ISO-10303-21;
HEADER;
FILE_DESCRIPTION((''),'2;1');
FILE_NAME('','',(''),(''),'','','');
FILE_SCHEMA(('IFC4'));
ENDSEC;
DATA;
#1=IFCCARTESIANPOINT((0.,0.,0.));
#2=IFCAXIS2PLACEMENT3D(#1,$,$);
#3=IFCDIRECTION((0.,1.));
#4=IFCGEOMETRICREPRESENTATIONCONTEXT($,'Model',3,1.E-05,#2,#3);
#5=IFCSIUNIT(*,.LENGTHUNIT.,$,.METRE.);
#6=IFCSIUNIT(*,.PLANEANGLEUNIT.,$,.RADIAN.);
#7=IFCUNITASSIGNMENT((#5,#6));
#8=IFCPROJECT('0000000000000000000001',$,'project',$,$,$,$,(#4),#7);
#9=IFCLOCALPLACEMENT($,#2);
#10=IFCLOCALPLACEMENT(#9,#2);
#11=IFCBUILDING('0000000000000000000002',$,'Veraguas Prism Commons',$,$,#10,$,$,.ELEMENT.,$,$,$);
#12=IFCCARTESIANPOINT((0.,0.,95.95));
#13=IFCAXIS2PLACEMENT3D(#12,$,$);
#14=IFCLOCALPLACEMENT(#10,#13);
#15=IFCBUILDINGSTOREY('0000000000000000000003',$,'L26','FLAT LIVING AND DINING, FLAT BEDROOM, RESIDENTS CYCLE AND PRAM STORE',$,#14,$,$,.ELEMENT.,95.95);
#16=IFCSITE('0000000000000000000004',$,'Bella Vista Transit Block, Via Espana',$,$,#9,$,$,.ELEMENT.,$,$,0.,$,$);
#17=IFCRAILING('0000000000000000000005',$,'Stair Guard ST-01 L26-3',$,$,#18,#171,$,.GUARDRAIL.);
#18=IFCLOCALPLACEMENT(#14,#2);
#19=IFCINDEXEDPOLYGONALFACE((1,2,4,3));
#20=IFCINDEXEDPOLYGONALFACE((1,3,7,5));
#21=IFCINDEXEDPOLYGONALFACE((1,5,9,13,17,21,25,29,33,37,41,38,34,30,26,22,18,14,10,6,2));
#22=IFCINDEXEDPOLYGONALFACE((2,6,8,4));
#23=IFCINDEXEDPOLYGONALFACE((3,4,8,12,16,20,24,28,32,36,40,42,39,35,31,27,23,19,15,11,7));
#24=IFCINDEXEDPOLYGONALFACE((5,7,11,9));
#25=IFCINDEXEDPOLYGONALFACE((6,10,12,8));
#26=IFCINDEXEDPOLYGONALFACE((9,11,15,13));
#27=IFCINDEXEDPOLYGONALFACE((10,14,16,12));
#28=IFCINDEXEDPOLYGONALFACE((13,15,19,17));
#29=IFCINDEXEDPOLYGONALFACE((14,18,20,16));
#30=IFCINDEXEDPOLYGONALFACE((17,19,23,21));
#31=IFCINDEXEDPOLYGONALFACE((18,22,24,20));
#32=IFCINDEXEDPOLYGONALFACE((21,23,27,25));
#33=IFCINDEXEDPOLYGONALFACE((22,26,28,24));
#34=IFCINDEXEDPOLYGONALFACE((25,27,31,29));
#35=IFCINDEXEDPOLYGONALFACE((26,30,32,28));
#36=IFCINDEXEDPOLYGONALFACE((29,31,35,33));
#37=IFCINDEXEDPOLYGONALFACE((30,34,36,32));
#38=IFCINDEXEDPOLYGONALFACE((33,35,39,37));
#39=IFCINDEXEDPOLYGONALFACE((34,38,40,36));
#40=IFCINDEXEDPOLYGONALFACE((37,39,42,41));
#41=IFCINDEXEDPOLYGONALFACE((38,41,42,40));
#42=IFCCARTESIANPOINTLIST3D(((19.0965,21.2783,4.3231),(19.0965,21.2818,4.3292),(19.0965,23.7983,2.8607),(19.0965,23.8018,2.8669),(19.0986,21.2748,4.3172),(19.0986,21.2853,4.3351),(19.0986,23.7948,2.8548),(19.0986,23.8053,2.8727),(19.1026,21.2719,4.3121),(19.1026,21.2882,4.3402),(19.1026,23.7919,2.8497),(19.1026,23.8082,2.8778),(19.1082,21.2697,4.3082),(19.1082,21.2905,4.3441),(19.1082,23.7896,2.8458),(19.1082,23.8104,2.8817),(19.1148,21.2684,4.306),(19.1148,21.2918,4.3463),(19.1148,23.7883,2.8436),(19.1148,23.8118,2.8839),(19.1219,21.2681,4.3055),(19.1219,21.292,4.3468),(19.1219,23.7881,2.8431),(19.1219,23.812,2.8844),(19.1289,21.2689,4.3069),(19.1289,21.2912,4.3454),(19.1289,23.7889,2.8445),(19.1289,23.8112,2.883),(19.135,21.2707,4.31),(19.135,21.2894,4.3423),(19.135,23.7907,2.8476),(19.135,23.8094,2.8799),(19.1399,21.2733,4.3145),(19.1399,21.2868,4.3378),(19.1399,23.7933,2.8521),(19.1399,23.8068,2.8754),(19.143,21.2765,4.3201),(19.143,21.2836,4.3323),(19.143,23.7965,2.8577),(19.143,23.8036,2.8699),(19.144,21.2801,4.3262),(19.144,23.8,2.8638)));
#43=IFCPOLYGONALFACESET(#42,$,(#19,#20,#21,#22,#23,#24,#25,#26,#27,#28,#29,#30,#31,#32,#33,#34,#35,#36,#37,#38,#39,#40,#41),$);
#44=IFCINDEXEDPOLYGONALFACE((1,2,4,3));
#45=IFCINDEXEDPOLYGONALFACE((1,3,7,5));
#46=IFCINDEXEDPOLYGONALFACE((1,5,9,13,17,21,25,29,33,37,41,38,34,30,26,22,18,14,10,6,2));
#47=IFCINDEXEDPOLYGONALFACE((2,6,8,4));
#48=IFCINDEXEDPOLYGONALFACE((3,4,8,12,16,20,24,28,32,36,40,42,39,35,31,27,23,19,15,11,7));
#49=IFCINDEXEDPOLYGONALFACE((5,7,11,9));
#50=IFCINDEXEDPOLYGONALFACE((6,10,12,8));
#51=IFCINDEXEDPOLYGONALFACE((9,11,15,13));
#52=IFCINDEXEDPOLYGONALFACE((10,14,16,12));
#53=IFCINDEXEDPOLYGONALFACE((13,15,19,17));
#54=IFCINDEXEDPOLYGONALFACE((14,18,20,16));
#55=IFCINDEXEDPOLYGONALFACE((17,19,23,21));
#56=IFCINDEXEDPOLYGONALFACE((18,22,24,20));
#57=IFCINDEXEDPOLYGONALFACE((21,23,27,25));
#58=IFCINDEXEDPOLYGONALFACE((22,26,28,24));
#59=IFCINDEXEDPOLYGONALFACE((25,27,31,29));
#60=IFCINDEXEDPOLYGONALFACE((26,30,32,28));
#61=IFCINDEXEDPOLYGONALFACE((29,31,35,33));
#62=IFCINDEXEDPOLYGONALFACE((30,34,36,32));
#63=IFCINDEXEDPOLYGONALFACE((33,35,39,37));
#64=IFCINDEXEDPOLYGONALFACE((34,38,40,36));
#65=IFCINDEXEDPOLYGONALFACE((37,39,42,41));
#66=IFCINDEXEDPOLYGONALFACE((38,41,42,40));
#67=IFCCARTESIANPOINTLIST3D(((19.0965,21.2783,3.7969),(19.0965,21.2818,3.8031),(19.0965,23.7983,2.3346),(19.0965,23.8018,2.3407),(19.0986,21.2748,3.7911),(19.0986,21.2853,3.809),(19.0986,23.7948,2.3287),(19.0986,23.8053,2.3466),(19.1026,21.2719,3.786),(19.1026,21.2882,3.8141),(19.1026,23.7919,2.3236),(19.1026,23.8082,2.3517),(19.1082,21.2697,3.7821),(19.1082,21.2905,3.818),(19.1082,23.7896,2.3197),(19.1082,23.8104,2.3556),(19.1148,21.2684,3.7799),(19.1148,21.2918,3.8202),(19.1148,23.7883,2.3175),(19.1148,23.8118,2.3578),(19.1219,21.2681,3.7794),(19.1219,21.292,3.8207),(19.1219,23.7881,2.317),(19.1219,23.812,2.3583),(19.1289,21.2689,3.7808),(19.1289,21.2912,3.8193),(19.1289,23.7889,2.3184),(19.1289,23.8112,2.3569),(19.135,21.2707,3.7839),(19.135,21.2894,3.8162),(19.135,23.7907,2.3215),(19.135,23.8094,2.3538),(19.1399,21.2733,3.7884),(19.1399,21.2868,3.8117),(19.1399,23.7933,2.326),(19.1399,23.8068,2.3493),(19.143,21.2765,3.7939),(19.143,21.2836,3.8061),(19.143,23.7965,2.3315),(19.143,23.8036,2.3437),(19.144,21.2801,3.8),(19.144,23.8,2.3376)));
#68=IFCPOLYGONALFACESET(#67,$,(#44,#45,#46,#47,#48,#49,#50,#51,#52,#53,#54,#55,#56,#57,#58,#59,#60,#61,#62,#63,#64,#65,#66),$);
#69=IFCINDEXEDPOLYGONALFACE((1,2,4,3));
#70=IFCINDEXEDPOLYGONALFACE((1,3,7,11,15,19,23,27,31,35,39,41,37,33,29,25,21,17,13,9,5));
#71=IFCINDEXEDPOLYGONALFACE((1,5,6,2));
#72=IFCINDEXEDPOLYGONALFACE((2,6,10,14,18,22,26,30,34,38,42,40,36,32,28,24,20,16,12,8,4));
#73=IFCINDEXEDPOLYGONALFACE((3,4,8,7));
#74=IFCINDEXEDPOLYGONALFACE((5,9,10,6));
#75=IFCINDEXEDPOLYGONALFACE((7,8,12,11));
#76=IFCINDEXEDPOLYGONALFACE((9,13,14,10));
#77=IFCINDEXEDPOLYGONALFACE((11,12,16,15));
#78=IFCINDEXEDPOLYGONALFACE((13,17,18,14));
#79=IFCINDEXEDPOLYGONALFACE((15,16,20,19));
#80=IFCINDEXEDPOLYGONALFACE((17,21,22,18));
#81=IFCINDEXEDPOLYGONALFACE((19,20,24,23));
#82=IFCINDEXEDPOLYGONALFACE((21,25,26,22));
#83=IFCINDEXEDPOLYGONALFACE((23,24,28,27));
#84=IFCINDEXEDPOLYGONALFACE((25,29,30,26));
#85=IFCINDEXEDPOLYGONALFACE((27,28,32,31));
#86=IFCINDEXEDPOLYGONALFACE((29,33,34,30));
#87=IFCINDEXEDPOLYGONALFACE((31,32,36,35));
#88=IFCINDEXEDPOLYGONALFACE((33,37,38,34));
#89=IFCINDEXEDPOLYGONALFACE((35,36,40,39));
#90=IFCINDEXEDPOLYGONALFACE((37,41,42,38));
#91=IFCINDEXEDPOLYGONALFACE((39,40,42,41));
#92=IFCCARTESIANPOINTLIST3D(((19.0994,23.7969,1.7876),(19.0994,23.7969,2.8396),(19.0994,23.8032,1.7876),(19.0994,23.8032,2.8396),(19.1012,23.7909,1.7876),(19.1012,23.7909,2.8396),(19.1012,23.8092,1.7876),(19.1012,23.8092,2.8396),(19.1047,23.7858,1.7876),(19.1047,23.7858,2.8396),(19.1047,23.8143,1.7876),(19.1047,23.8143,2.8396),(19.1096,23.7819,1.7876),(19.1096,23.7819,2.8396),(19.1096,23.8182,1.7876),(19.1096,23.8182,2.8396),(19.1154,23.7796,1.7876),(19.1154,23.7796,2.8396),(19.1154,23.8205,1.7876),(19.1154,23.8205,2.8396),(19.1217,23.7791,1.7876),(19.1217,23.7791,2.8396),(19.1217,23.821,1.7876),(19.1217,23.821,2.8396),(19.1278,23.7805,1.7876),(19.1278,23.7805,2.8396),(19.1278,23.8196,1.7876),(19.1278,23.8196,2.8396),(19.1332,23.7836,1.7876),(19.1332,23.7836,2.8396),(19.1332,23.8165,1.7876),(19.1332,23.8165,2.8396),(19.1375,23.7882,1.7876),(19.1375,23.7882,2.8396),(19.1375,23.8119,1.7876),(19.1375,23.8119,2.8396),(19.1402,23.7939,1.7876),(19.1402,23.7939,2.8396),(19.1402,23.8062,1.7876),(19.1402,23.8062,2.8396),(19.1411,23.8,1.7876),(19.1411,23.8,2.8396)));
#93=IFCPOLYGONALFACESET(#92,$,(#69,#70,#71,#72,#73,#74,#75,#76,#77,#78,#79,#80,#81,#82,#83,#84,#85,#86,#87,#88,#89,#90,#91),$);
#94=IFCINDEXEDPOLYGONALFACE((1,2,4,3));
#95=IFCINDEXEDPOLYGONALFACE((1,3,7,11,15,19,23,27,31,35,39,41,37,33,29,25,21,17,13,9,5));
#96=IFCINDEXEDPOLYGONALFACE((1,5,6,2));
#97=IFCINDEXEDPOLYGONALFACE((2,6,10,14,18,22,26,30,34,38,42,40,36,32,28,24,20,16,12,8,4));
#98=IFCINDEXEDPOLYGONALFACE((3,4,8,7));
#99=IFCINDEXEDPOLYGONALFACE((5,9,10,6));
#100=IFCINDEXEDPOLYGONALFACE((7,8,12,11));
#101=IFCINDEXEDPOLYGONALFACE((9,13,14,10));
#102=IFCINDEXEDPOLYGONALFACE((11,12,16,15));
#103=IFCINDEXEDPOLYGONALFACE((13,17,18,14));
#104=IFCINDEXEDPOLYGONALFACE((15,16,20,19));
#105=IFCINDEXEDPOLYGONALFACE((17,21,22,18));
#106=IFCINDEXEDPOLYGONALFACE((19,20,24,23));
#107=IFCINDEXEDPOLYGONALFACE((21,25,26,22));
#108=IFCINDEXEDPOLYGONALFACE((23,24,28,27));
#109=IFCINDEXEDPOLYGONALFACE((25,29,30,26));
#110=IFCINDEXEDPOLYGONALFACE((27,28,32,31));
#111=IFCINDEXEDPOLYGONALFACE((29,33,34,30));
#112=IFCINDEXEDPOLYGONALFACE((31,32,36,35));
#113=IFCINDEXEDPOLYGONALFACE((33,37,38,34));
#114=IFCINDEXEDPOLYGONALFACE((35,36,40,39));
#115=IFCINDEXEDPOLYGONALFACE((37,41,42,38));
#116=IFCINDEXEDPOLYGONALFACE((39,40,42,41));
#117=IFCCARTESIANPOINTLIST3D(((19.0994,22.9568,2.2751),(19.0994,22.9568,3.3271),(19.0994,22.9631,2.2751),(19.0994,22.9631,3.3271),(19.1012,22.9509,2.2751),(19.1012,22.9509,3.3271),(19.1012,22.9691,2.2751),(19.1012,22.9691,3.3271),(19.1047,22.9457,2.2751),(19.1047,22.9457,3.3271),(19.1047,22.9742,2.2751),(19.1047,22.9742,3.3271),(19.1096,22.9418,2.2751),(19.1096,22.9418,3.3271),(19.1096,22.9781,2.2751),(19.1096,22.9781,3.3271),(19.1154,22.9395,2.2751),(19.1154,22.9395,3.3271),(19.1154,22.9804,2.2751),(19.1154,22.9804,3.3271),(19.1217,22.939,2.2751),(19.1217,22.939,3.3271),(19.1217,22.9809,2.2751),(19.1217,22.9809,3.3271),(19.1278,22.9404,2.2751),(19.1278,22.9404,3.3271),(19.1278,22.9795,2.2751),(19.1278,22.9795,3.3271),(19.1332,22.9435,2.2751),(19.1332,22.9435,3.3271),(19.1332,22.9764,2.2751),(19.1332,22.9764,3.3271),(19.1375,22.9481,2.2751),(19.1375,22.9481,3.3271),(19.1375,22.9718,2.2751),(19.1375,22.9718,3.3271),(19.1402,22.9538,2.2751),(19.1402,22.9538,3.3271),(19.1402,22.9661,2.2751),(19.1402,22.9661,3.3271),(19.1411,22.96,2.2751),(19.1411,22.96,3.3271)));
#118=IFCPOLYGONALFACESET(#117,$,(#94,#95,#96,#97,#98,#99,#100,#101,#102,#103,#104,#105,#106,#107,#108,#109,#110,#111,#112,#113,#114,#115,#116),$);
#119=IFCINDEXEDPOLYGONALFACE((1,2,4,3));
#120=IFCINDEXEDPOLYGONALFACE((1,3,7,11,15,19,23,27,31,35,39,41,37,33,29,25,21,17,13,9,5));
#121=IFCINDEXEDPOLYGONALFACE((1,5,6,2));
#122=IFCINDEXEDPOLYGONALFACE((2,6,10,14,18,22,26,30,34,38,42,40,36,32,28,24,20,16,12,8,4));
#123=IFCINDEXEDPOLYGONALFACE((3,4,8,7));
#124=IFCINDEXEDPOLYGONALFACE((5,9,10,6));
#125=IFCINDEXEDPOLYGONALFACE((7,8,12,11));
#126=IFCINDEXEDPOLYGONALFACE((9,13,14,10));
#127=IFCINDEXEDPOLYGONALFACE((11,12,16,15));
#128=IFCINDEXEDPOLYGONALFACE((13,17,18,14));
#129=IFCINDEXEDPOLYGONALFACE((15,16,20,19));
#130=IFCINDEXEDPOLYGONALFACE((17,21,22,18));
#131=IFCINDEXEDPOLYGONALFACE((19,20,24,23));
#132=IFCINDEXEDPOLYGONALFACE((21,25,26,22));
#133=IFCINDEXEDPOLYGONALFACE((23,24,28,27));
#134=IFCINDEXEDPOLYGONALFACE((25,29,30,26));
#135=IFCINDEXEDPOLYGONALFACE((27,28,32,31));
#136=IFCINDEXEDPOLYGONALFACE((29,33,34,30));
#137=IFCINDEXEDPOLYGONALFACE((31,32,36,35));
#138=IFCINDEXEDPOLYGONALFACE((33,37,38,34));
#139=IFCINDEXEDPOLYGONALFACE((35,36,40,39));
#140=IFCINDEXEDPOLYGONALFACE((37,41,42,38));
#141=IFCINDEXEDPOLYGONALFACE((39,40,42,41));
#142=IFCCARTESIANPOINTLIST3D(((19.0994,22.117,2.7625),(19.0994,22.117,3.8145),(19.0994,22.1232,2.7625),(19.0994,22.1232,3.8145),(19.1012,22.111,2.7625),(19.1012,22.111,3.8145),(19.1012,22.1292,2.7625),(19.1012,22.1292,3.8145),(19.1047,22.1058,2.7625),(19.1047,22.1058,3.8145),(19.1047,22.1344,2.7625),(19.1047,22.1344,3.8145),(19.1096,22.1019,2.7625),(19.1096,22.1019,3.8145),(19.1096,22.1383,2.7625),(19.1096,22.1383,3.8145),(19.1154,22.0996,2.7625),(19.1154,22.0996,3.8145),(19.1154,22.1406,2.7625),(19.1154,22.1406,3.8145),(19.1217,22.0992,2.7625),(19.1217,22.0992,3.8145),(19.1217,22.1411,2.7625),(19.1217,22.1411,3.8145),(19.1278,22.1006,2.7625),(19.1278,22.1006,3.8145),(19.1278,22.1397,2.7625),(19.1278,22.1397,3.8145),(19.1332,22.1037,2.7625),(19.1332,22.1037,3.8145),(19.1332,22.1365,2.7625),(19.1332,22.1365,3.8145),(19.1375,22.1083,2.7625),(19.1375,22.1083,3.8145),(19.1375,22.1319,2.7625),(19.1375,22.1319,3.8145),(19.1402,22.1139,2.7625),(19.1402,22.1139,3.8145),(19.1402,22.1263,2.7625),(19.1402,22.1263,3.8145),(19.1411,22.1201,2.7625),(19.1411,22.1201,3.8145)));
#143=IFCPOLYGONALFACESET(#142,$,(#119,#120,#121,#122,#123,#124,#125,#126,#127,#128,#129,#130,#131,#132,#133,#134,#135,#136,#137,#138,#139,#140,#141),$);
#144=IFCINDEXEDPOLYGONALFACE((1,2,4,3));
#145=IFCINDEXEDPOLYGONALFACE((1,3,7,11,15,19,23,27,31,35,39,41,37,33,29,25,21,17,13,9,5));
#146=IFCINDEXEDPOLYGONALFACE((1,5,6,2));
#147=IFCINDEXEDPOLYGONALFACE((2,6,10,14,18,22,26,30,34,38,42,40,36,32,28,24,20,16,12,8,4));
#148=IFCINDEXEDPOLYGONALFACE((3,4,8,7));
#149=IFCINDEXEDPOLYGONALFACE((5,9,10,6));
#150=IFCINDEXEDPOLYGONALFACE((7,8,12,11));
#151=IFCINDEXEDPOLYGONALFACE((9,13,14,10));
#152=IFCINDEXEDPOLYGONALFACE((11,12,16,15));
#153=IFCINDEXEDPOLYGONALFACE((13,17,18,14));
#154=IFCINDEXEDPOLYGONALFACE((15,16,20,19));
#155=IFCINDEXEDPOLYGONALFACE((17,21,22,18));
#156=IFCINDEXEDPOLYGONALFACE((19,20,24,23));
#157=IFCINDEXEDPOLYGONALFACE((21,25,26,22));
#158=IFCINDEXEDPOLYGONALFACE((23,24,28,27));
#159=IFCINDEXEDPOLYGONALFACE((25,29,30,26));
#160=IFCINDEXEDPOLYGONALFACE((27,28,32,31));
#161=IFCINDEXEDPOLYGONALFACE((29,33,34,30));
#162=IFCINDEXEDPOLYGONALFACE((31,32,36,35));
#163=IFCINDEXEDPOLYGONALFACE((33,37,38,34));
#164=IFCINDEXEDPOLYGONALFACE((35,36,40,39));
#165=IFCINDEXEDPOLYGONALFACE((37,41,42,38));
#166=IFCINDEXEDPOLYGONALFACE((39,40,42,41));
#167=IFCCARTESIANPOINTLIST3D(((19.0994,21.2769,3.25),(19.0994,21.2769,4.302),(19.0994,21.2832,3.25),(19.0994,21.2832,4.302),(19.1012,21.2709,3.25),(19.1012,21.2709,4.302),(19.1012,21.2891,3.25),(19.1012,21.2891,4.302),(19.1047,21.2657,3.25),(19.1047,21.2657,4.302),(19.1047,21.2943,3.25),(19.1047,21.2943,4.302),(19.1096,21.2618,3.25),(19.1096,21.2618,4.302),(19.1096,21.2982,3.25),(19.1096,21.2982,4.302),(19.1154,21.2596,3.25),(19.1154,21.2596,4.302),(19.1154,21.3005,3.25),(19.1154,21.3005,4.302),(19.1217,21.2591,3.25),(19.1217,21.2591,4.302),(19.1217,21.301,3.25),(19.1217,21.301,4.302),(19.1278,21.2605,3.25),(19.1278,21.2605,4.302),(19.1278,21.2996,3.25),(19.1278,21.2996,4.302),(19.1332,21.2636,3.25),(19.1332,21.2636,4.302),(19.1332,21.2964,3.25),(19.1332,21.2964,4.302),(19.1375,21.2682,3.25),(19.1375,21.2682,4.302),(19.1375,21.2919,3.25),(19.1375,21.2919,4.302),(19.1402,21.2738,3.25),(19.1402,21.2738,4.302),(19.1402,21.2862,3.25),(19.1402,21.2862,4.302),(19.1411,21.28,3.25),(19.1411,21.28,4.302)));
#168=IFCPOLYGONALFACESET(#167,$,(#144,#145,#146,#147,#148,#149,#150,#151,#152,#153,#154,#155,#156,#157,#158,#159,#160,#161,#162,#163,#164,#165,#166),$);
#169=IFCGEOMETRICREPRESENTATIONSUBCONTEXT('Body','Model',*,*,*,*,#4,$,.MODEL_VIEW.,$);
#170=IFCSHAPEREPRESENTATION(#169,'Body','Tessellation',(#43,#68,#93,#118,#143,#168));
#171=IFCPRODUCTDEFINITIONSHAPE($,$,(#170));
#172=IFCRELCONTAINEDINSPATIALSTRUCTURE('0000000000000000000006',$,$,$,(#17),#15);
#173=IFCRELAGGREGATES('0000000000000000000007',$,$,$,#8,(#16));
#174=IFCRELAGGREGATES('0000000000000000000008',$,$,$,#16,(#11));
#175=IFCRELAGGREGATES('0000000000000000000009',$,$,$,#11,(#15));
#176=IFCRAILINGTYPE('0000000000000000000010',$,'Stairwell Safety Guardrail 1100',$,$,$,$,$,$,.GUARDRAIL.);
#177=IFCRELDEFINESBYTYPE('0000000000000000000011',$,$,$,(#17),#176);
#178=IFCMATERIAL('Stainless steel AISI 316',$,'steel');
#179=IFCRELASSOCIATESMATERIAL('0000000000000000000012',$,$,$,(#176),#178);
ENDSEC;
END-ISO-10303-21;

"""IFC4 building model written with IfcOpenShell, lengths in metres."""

from ifc_helpers import new_model, si_unit, direction, frame, origin, origin_2d, place, context, subcontext, project, spatial, circle, extrude, material, type_object, element, save


model = new_model("IFC4")

# Units and contexts
model_context = context("Model", 3, precision=1e-05, world=origin(), true_north=direction((0.0, 1.0)))
body_context = subcontext(model_context, "Body", "Model", "MODEL_VIEW")
ifc_project = project(units=[si_unit("LENGTHUNIT", "METRE"), si_unit("PLANEANGLEUNIT", "RADIAN")], contexts=[model_context])

# Site, building, storey
site_placement = place(None, origin())
site = spatial("IfcSite", under=ifc_project, at=site_placement, Name="Bella Vista Transit Block, Via Espana", CompositionType="ELEMENT", RefElevation=0.0)
building_placement = place(site_placement, origin())
building = spatial("IfcBuilding", under=site, at=building_placement, Name="Veraguas Prism Commons", CompositionType="ELEMENT")
storey_placement = place(building_placement, frame((0.0, 0.0, 95.95)))
storey = spatial("IfcBuildingStorey", under=building, at=storey_placement, Name="L26", Description="FLAT LIVING AND DINING, FLAT BEDROOM, RESIDENTS CYCLE AND PRAM STORE", CompositionType="ELEMENT", Elevation=95.95)

# Railing
ifc_material_1 = material(Name="Stainless steel AISI 316", Category="steel")
railing_type_1 = type_object("IfcRailingType", Name="Stairwell Safety Guardrail 1100", PredefinedType="GUARDRAIL", material=ifc_material_1)
railing_1_placement = place(storey_placement, frame((19.1201, 23.8, 1.7876)))
element("IfcRailing", 1, at=railing_1_placement, inside=storey, type_object=railing_type_1, Name="Stair Guard ST-01 L26-3", PredefinedType="GUARDRAIL", context=body_context, shape_type="SweptSolid", body=[
    extrude(circle(Radius=0.0239, at=origin_2d()), frame((0.0, 0.0, 1.0762), z_axis=(0.0, -0.864913, 0.501921), x_axis=(1.0, 0.0, 0.0)), (0.0, 0.0, 1.0), 2.9136),
    extrude(circle(Radius=0.0239, at=origin_2d()), frame((0.0, 0.0, 0.55), z_axis=(0.0, -0.864913, 0.501921), x_axis=(1.0, 0.0, 0.0)), (0.0, 0.0, 1.0), 2.9136),
    extrude(circle(Radius=0.021, at=origin_2d()), origin(), (0.0, 0.0, 1.0), 1.052),
    extrude(circle(Radius=0.021, at=origin_2d()), frame((0.0, -0.8401, 0.4875)), (0.0, 0.0, 1.0), 1.052),
    extrude(circle(Radius=0.021, at=origin_2d()), frame((0.0, -1.6799, 0.9749)), (0.0, 0.0, 1.0), 1.052),
    extrude(circle(Radius=0.021, at=origin_2d()), frame((0.0, -2.52, 1.4624)), (0.0, 0.0, 1.0), 1.052),
])

save(model, "model.ifc")
